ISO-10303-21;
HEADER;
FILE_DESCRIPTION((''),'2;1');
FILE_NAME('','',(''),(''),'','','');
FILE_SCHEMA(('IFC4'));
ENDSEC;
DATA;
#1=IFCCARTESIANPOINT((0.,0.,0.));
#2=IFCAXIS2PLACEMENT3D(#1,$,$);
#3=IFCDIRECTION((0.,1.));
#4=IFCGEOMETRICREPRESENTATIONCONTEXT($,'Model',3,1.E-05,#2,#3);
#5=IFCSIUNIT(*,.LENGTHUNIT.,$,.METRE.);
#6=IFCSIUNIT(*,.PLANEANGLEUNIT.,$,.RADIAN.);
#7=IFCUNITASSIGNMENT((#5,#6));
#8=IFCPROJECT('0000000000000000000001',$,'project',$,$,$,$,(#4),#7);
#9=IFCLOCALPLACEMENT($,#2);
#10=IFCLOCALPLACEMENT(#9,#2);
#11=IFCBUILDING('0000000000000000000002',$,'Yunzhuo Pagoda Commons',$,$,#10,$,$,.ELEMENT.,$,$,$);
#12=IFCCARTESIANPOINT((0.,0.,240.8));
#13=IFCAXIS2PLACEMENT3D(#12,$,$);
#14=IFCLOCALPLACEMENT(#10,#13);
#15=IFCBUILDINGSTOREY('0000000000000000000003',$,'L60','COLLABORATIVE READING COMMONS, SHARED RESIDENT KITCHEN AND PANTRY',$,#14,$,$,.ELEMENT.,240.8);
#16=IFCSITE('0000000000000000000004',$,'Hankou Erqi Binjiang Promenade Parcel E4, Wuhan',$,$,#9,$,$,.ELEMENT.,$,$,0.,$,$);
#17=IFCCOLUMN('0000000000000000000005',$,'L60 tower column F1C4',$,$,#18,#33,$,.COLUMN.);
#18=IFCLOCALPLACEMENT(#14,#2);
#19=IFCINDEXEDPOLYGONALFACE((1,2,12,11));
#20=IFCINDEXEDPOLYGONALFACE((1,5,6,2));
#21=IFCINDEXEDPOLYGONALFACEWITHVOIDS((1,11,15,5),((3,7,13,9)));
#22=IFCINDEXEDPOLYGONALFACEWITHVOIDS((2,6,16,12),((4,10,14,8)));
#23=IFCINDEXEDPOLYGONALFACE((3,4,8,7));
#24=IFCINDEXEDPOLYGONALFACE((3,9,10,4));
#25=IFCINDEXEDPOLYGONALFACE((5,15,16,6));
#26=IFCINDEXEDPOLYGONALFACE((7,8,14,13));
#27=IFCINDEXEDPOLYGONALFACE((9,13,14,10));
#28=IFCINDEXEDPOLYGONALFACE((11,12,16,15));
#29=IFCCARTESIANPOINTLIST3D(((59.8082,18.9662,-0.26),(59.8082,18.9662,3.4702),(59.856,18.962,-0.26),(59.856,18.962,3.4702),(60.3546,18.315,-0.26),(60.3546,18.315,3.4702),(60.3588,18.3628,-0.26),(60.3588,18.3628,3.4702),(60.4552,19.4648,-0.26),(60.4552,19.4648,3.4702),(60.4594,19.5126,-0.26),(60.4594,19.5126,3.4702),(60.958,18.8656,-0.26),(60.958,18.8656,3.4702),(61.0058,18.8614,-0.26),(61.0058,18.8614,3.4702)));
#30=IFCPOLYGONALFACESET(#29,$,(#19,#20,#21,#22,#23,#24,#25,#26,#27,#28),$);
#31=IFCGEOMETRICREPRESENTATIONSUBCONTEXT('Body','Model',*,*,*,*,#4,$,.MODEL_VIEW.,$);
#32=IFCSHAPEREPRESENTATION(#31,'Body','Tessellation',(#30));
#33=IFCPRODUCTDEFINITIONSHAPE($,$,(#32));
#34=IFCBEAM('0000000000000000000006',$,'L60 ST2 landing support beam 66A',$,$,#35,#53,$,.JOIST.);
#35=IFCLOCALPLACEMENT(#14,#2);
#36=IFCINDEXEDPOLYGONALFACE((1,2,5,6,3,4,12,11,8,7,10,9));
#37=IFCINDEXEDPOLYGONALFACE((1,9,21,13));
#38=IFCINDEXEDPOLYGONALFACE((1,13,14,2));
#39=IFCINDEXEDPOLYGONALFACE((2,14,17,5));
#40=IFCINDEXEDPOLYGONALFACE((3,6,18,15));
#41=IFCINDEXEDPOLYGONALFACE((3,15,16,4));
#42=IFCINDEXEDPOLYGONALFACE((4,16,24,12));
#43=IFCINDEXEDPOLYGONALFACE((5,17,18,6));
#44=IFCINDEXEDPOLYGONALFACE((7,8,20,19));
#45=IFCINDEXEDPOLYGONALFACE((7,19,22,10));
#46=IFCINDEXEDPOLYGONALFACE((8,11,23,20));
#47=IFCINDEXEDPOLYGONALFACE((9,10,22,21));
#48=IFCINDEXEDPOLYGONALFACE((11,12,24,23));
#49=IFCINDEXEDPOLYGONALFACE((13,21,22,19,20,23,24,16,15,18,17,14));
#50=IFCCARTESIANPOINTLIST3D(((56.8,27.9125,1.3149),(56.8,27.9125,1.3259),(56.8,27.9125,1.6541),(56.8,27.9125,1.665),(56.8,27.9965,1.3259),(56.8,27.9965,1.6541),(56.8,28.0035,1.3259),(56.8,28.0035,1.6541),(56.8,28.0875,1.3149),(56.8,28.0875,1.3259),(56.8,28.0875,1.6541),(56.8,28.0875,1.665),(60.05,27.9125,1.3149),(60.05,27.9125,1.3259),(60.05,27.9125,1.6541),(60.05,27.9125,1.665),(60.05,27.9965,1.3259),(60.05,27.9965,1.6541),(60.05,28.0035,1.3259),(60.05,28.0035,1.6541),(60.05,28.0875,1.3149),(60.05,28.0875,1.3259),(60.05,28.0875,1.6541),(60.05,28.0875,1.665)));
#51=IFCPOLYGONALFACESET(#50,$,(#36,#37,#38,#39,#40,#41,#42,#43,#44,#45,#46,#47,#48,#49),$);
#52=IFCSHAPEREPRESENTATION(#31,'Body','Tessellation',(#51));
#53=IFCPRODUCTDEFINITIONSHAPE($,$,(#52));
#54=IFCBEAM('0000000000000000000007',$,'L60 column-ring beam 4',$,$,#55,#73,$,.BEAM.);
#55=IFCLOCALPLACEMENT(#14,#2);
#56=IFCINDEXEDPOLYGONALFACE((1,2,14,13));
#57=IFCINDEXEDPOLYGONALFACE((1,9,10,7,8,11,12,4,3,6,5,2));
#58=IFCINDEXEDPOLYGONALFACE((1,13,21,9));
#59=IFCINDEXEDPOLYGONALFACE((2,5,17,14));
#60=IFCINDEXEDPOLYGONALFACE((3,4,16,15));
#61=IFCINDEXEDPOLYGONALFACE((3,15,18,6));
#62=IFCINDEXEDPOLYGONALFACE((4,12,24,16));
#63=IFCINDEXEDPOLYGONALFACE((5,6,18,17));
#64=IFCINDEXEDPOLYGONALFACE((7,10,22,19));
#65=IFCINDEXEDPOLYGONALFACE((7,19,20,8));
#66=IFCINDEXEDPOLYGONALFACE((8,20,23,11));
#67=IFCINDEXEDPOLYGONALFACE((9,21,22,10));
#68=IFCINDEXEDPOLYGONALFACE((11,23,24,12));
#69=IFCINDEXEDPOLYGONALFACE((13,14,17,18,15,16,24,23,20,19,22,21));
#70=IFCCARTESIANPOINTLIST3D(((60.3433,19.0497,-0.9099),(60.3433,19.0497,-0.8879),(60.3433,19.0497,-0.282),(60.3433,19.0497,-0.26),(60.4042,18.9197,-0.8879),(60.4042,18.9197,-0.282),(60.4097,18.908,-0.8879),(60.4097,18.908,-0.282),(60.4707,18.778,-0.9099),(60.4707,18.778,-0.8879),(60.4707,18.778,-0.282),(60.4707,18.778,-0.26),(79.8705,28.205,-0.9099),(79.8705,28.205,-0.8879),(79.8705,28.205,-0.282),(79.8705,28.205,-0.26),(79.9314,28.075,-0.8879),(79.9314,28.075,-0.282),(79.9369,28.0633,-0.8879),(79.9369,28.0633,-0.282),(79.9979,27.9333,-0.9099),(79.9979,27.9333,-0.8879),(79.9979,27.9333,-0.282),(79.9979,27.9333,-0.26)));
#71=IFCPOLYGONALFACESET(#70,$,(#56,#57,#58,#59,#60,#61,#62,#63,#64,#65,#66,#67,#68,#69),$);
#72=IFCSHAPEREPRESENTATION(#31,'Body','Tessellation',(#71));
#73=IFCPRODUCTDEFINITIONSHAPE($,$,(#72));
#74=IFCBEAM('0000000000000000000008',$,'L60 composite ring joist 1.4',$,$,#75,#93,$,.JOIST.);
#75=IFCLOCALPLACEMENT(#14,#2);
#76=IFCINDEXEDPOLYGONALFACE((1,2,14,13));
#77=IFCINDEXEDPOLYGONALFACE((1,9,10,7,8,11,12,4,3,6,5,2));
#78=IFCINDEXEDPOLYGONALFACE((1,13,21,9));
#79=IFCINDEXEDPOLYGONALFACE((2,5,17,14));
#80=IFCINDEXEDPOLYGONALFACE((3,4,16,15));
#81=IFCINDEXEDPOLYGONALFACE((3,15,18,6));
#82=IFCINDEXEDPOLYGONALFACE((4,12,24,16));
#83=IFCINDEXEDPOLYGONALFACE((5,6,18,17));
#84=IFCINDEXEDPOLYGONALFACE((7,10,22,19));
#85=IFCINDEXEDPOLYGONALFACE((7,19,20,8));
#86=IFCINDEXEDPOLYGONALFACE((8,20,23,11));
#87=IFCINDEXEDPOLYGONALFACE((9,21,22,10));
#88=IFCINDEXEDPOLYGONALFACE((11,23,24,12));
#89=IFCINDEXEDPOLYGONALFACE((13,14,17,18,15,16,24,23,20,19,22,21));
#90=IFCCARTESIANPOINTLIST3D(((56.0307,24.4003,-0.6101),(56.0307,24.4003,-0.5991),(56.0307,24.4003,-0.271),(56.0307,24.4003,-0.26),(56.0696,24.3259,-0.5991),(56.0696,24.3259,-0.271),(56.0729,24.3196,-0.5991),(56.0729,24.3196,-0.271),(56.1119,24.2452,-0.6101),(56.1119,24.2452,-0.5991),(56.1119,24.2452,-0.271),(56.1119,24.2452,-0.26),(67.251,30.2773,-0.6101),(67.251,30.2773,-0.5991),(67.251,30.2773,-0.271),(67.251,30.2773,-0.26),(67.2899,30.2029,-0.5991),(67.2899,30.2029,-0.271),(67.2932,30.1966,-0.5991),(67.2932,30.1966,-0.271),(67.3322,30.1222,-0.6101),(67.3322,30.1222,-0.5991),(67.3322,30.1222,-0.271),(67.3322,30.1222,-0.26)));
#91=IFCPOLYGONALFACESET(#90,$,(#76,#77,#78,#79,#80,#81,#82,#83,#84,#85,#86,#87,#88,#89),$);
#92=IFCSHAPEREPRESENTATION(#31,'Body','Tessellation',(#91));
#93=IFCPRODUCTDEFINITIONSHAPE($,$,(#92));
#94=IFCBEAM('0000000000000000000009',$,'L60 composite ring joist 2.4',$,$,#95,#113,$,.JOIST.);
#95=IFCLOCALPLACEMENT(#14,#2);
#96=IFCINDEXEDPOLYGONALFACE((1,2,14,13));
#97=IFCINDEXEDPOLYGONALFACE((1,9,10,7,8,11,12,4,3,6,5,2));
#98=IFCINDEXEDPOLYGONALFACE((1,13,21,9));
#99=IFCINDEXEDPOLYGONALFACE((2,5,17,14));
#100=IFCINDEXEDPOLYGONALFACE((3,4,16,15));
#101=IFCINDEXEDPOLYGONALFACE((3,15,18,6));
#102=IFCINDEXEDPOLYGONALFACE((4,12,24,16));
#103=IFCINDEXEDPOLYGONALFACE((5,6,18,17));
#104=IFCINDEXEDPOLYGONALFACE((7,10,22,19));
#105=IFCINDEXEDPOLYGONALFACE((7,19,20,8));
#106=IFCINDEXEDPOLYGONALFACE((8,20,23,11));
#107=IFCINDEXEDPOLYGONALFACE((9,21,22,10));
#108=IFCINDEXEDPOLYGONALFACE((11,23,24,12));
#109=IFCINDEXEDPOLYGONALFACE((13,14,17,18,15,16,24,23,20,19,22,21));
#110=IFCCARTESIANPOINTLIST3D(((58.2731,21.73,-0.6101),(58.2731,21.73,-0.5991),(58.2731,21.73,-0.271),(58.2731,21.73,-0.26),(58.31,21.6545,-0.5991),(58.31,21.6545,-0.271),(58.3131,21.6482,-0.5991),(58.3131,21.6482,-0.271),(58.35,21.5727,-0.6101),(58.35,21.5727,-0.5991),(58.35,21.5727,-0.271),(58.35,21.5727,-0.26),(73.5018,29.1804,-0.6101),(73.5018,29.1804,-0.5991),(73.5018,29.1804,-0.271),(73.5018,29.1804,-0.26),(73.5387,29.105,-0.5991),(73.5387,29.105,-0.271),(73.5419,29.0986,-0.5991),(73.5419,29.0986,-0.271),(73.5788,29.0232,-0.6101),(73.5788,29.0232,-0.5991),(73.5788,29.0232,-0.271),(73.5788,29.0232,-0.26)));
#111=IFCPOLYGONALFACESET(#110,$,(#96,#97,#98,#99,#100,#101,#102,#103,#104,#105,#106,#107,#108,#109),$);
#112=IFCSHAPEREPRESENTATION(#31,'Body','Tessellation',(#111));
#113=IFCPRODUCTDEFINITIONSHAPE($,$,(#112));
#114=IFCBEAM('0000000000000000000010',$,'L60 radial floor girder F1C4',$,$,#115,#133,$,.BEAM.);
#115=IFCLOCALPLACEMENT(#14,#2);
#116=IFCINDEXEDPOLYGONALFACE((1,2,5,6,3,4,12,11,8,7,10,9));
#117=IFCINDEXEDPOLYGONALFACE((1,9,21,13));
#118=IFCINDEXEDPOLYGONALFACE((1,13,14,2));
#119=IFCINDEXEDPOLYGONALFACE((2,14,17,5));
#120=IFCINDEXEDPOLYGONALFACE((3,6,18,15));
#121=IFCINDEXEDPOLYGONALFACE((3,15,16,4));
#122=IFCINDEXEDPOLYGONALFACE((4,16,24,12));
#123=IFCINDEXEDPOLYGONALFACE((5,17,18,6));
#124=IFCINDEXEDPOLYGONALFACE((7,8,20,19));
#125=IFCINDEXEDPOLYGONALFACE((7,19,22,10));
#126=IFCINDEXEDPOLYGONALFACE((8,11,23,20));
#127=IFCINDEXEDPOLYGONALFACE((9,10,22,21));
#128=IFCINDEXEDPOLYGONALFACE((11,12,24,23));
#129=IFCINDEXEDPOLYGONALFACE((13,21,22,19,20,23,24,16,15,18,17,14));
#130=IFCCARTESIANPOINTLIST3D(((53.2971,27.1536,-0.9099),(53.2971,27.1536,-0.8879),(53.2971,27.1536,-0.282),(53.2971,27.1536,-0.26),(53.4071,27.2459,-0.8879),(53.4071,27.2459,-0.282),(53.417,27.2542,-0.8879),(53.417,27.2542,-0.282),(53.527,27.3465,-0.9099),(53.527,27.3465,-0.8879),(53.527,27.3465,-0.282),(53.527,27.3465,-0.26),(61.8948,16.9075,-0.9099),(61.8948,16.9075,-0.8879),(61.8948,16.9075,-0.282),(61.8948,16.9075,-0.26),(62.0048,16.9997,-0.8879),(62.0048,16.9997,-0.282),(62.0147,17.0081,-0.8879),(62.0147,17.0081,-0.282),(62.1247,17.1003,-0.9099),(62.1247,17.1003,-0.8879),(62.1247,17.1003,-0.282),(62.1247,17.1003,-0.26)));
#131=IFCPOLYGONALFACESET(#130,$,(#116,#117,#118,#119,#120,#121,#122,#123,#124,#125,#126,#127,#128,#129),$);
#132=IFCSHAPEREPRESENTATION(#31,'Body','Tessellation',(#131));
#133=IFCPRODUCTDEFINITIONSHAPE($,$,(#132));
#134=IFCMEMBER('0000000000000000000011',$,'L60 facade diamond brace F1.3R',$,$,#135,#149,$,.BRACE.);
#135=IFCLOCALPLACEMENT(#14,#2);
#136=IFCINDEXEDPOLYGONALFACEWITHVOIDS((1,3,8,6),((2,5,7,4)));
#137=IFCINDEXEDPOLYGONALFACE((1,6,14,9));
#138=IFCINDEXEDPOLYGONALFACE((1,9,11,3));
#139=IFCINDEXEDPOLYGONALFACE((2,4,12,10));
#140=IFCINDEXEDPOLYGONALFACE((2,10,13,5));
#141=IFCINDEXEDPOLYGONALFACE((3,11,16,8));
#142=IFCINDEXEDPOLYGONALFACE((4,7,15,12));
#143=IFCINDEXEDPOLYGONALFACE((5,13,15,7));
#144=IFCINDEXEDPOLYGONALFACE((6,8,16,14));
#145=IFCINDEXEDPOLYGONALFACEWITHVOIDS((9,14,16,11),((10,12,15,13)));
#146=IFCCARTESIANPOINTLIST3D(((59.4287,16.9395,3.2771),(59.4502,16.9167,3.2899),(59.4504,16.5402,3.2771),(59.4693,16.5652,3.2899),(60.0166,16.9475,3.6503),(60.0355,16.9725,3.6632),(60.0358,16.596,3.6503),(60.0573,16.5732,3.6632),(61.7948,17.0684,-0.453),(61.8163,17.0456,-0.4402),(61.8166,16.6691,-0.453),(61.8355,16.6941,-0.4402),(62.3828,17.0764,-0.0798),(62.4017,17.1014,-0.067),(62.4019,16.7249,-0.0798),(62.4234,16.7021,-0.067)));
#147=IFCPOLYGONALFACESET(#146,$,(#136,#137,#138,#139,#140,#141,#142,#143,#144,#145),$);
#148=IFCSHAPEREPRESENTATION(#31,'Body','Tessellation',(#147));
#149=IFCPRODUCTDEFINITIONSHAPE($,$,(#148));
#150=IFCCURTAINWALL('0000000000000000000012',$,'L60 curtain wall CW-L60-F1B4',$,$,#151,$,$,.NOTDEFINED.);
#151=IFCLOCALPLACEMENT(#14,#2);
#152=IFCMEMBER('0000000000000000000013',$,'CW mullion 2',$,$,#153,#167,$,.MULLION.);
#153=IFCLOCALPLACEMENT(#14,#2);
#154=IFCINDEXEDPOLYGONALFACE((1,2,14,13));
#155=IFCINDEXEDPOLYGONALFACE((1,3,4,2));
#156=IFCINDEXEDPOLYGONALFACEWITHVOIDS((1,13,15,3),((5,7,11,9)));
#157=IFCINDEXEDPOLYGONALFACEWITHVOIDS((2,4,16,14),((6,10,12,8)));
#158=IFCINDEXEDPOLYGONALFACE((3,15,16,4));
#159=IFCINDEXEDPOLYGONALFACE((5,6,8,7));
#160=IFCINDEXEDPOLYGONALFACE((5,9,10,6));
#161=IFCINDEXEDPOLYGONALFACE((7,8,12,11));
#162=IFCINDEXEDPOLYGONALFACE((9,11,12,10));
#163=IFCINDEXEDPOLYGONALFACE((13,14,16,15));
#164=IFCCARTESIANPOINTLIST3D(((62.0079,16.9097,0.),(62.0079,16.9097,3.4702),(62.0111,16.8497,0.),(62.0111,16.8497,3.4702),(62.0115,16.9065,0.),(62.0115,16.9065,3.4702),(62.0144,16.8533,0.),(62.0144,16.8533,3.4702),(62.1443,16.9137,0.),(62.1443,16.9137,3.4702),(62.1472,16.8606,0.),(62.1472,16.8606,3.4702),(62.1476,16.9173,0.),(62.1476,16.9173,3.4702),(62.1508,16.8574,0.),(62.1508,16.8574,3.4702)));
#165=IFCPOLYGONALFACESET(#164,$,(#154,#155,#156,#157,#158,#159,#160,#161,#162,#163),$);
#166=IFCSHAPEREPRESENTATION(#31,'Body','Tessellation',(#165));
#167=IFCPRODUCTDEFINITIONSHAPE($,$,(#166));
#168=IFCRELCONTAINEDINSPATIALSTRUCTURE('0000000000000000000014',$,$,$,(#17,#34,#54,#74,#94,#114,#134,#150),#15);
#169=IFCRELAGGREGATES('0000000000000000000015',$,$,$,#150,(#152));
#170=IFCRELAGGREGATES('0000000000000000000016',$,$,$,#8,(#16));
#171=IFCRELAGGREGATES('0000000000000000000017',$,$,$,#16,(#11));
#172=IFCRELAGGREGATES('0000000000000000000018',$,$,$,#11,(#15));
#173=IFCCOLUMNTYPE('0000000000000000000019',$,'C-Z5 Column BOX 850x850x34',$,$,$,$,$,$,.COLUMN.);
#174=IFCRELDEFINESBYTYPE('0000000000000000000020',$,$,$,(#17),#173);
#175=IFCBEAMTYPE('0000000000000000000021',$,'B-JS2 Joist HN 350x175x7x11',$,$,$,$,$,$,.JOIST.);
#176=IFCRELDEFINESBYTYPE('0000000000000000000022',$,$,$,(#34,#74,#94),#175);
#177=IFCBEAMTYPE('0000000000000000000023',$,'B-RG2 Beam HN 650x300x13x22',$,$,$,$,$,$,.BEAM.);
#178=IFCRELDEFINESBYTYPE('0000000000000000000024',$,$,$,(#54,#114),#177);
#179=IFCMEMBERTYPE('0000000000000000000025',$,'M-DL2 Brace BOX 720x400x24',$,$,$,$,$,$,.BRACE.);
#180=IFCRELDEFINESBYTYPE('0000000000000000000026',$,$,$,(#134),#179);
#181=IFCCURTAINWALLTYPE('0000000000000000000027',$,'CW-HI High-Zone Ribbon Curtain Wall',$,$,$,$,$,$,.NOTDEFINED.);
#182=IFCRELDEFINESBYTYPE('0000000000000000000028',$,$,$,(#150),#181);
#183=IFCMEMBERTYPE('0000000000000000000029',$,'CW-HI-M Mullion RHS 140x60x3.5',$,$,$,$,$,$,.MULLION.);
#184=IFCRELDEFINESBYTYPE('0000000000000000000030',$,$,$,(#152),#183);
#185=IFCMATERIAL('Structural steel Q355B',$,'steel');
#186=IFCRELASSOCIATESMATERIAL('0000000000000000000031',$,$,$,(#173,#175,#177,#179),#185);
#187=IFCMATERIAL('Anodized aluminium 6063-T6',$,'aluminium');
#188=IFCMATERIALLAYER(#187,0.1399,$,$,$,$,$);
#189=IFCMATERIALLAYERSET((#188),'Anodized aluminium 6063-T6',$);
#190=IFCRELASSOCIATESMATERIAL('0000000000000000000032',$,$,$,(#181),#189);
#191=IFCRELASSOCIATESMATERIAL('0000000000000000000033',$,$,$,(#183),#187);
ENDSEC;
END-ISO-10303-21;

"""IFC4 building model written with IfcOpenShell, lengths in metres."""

from ifc_helpers import new_model, si_unit, direction, frame, origin, origin_2d, place, context, subcontext, project, spatial, hollow_rectangle, i_section, extrude, source, transform, mapped, material, layer, layer_set, material_profile, profile_set, type_object, element, aggregate, save


model = new_model("IFC4")

# Units and contexts
model_context = context("Model", 3, precision=1e-05, world=origin(), true_north=direction((0.0, 1.0)))
body_context = subcontext(model_context, "Body", "Model", "MODEL_VIEW")
ifc_project = project(units=[si_unit("LENGTHUNIT", "METRE"), si_unit("PLANEANGLEUNIT", "RADIAN")], contexts=[model_context])

# Site, building, storey
site_placement = place(None, origin())
site = spatial("IfcSite", under=ifc_project, at=site_placement, Name="Hankou Erqi Binjiang Promenade Parcel E4, Wuhan", CompositionType="ELEMENT", RefElevation=0.0)
building_placement = place(site_placement, origin())
building = spatial("IfcBuilding", under=site, at=building_placement, Name="Yunzhuo Pagoda Commons", CompositionType="ELEMENT")
storey_placement = place(building_placement, frame((0.0, 0.0, 240.8)))
storey = spatial("IfcBuildingStorey", under=building, at=storey_placement, Name="L60", Description="COLLABORATIVE READING COMMONS, SHARED RESIDENT KITCHEN AND PANTRY", CompositionType="ELEMENT", Elevation=240.8)

# Column
ifc_material_1 = material(Name="Structural steel Q355B", Category="steel")
ifc_material_profile_1 = material_profile(ifc_material_1, hollow_rectangle(XDim=0.8501, YDim=0.8501, WallThickness=0.0339, at=origin_2d()), Name="Structural steel Q355B")
ifc_profile_set_1 = profile_set([ifc_material_profile_1], Name="Structural steel Q355B")
column_type = type_object("IfcColumnType", Name="C-Z5 Column BOX 850x850x34", PredefinedType="COLUMN", material=ifc_profile_set_1)
shared_shape_1 = source(origin(), body_context, "Body", "SweptSolid", [
    extrude(hollow_rectangle(XDim=0.8501, YDim=0.8501, WallThickness=0.0339, at=origin_2d()), origin(), (0.0, 0.0, 1.0), 3.7302),
])
column_placement = place(storey_placement, frame((60.407, 18.9138, -0.26), z_axis=(0.0, 0.0, 1.0), x_axis=(0.766044, 0.642788, 0.0)))
element("IfcColumn", 1, at=column_placement, inside=storey, type_object=column_type, Name="L60 tower column F1C4", PredefinedType="COLUMN", context=body_context, shape_type="MappedRepresentation", body=[
    mapped(shared_shape_1, transform((0.0, 0.0, 0.0), scale=1.0)),
])

# Beams
ifc_material_profile_2 = material_profile(ifc_material_1, i_section(OverallWidth=0.175, OverallDepth=0.3501, WebThickness=0.0071, FlangeThickness=0.011, at=origin_2d()), Name="Structural steel Q355B")
ifc_profile_set_2 = profile_set([ifc_material_profile_2], Name="Structural steel Q355B")
beam_type_1 = type_object("IfcBeamType", Name="B-JS2 Joist HN 350x175x7x11", PredefinedType="JOIST", material=ifc_profile_set_2)
shared_shape_2 = source(origin(), body_context, "Body", "SweptSolid", [
    extrude(i_section(OverallWidth=0.175, OverallDepth=0.3501, WebThickness=0.0071, FlangeThickness=0.011, at=origin_2d()), origin(), (0.0, 0.0, 1.0), 3.25),
])
beam_1_placement = place(storey_placement, frame((56.8, 28.0, 1.49), z_axis=(1.0, 0.0, 0.0), x_axis=(0.0, 1.0, 0.0)))
element("IfcBeam", 2, at=beam_1_placement, inside=storey, type_object=beam_type_1, Name="L60 ST2 landing support beam 66A", PredefinedType="JOIST", context=body_context, shape_type="MappedRepresentation", body=[
    mapped(shared_shape_2, transform((0.0, 0.0, 0.0), scale=1.0)),
])
ifc_material_profile_3 = material_profile(ifc_material_1, i_section(OverallWidth=0.3, OverallDepth=0.6499, WebThickness=0.0129, FlangeThickness=0.022, at=origin_2d()), Name="Structural steel Q355B")
ifc_profile_set_3 = profile_set([ifc_material_profile_3], Name="Structural steel Q355B")
beam_type_2 = type_object("IfcBeamType", Name="B-RG2 Beam HN 650x300x13x22", PredefinedType="BEAM", material=ifc_profile_set_3)
shared_shape_3 = source(origin(), body_context, "Body", "SweptSolid", [
    extrude(i_section(OverallWidth=0.3, OverallDepth=0.6499, WebThickness=0.0129, FlangeThickness=0.022, at=origin_2d()), origin(), (0.0, 0.0, 1.0), 21.5669),
])
beam_2_placement = place(storey_placement, frame((60.407, 18.9138, -0.585), z_axis=(0.905424, 0.424508, 0.0), x_axis=(-0.424508, 0.905424, 0.0)))
element("IfcBeam", 3, at=beam_2_placement, inside=storey, type_object=beam_type_2, Name="L60 column-ring beam 4", PredefinedType="BEAM", context=body_context, shape_type="MappedRepresentation", body=[
    mapped(shared_shape_3, transform((0.0, 0.0, 0.0), scale=1.0)),
])
shared_shape_4 = source(origin(), body_context, "Body", "SweptSolid", [
    extrude(i_section(OverallWidth=0.175, OverallDepth=0.3501, WebThickness=0.0071, FlangeThickness=0.011, at=origin_2d()), origin(), (0.0, 0.0, 1.0), 12.6663),
])
beam_3_placement = place(storey_placement, frame((56.0713, 24.3228, -0.4351), z_axis=(0.885841, 0.463988, 0.0), x_axis=(-0.463988, 0.885841, 0.0)))
element("IfcBeam", 4, at=beam_3_placement, inside=storey, type_object=beam_type_1, Name="L60 composite ring joist 1.4", PredefinedType="JOIST", context=body_context, shape_type="MappedRepresentation", body=[
    mapped(shared_shape_4, transform((0.0, 0.0, 0.0), scale=1.0)),
])
shared_shape_5 = source(origin(), body_context, "Body", "SweptSolid", [
    extrude(i_section(OverallWidth=0.175, OverallDepth=0.3501, WebThickness=0.0071, FlangeThickness=0.011, at=origin_2d()), origin(), (0.0, 0.0, 1.0), 16.9536),
])
beam_4_placement = place(storey_placement, frame((58.3115, 21.6514, -0.4351), z_axis=(0.898262, 0.439461, 0.0), x_axis=(-0.439461, 0.898262, 0.0)))
element("IfcBeam", 5, at=beam_4_placement, inside=storey, type_object=beam_type_1, Name="L60 composite ring joist 2.4", PredefinedType="JOIST", context=body_context, shape_type="MappedRepresentation", body=[
    mapped(shared_shape_5, transform((0.0, 0.0, 0.0), scale=1.0)),
])
shared_shape_6 = source(origin(), body_context, "Body", "SweptSolid", [
    extrude(i_section(OverallWidth=0.3, OverallDepth=0.6499, WebThickness=0.0129, FlangeThickness=0.022, at=origin_2d()), origin(), (0.0, 0.0, 1.0), 13.3755),
])
beam_5_placement = place(storey_placement, frame((62.0098, 17.0039, -0.585), z_axis=(-0.642795, 0.766038, 0.0), x_axis=(-0.766038, -0.642795, 0.0)))
element("IfcBeam", 6, at=beam_5_placement, inside=storey, type_object=beam_type_2, Name="L60 radial floor girder F1C4", PredefinedType="BEAM", context=body_context, shape_type="MappedRepresentation", body=[
    mapped(shared_shape_6, transform((0.0, 0.0, 0.0), scale=1.0)),
])

# Member
ifc_material_profile_4 = material_profile(ifc_material_1, hollow_rectangle(XDim=0.3999, YDim=0.72, WallThickness=0.0239, at=origin_2d()), Name="Structural steel Q355B")
ifc_profile_set_4 = profile_set([ifc_material_profile_4], Name="Structural steel Q355B")
member_type_1 = type_object("IfcMemberType", Name="M-DL2 Brace BOX 720x400x24", PredefinedType="BRACE", material=ifc_profile_set_4)
shared_shape_7 = source(origin(), body_context, "Body", "SweptSolid", [
    extrude(hollow_rectangle(XDim=0.3999, YDim=0.72, WallThickness=0.0239, at=origin_2d()), origin(), (0.0, 0.0, 1.0), 4.4192),
])
member_1_placement = place(storey_placement, frame((62.1091, 16.8853, -0.26), z_axis=(-0.535428, -0.029169, 0.844077), x_axis=(0.054397, -0.998519, 0.0)))
element("IfcMember", 7, at=member_1_placement, inside=storey, type_object=member_type_1, Name="L60 facade diamond brace F1.3R", PredefinedType="BRACE", context=body_context, shape_type="MappedRepresentation", body=[
    mapped(shared_shape_7, transform((0.0, 0.0, 0.0), scale=1.0)),
])

# Curtain wall, member
ifc_material_2 = material(Name="Anodized aluminium 6063-T6", Category="aluminium")
ifc_layer_1 = layer(ifc_material_2, 0.1399)
ifc_layer_set_1 = layer_set([ifc_layer_1], Name="Anodized aluminium 6063-T6")
curtain_wall_type = type_object("IfcCurtainWallType", Name="CW-HI High-Zone Ribbon Curtain Wall", PredefinedType="NOTDEFINED", material=ifc_layer_set_1)
curtain_wall_1_placement = place(storey_placement, origin())
curtain_wall_1 = element("IfcCurtainWall", 8, at=curtain_wall_1_placement, inside=storey, type_object=curtain_wall_type, Name="L60 curtain wall CW-L60-F1B4", PredefinedType="NOTDEFINED")
ifc_material_profile_5 = material_profile(ifc_material_2, hollow_rectangle(XDim=0.0601, YDim=0.1399, WallThickness=0.0034, at=origin_2d()), Name="Anodized aluminium 6063-T6")
ifc_profile_set_5 = profile_set([ifc_material_profile_5], Name="Anodized aluminium 6063-T6")
member_type_2 = type_object("IfcMemberType", Name="CW-HI-M Mullion RHS 140x60x3.5", PredefinedType="MULLION", material=ifc_profile_set_5)
shared_shape_8 = source(origin(), body_context, "Body", "SweptSolid", [
    extrude(hollow_rectangle(XDim=0.0601, YDim=0.1399, WallThickness=0.0034, at=origin_2d()), origin(), (0.0, 0.0, 1.0), 3.4702),
])
member_2_placement = place(storey_placement, frame((62.0793, 16.8835, 0.0), z_axis=(0.0, 0.0, 1.0), x_axis=(-0.054497, 0.998514, 0.0)))
member_2 = element("IfcMember", 9, at=member_2_placement, type_object=member_type_2, Name="CW mullion 2", PredefinedType="MULLION", context=body_context, shape_type="MappedRepresentation", body=[
    mapped(shared_shape_8, transform((0.0, 0.0, 0.0), scale=1.0)),
])

aggregate(curtain_wall_1, [member_2])

save(model, "model.ifc")
